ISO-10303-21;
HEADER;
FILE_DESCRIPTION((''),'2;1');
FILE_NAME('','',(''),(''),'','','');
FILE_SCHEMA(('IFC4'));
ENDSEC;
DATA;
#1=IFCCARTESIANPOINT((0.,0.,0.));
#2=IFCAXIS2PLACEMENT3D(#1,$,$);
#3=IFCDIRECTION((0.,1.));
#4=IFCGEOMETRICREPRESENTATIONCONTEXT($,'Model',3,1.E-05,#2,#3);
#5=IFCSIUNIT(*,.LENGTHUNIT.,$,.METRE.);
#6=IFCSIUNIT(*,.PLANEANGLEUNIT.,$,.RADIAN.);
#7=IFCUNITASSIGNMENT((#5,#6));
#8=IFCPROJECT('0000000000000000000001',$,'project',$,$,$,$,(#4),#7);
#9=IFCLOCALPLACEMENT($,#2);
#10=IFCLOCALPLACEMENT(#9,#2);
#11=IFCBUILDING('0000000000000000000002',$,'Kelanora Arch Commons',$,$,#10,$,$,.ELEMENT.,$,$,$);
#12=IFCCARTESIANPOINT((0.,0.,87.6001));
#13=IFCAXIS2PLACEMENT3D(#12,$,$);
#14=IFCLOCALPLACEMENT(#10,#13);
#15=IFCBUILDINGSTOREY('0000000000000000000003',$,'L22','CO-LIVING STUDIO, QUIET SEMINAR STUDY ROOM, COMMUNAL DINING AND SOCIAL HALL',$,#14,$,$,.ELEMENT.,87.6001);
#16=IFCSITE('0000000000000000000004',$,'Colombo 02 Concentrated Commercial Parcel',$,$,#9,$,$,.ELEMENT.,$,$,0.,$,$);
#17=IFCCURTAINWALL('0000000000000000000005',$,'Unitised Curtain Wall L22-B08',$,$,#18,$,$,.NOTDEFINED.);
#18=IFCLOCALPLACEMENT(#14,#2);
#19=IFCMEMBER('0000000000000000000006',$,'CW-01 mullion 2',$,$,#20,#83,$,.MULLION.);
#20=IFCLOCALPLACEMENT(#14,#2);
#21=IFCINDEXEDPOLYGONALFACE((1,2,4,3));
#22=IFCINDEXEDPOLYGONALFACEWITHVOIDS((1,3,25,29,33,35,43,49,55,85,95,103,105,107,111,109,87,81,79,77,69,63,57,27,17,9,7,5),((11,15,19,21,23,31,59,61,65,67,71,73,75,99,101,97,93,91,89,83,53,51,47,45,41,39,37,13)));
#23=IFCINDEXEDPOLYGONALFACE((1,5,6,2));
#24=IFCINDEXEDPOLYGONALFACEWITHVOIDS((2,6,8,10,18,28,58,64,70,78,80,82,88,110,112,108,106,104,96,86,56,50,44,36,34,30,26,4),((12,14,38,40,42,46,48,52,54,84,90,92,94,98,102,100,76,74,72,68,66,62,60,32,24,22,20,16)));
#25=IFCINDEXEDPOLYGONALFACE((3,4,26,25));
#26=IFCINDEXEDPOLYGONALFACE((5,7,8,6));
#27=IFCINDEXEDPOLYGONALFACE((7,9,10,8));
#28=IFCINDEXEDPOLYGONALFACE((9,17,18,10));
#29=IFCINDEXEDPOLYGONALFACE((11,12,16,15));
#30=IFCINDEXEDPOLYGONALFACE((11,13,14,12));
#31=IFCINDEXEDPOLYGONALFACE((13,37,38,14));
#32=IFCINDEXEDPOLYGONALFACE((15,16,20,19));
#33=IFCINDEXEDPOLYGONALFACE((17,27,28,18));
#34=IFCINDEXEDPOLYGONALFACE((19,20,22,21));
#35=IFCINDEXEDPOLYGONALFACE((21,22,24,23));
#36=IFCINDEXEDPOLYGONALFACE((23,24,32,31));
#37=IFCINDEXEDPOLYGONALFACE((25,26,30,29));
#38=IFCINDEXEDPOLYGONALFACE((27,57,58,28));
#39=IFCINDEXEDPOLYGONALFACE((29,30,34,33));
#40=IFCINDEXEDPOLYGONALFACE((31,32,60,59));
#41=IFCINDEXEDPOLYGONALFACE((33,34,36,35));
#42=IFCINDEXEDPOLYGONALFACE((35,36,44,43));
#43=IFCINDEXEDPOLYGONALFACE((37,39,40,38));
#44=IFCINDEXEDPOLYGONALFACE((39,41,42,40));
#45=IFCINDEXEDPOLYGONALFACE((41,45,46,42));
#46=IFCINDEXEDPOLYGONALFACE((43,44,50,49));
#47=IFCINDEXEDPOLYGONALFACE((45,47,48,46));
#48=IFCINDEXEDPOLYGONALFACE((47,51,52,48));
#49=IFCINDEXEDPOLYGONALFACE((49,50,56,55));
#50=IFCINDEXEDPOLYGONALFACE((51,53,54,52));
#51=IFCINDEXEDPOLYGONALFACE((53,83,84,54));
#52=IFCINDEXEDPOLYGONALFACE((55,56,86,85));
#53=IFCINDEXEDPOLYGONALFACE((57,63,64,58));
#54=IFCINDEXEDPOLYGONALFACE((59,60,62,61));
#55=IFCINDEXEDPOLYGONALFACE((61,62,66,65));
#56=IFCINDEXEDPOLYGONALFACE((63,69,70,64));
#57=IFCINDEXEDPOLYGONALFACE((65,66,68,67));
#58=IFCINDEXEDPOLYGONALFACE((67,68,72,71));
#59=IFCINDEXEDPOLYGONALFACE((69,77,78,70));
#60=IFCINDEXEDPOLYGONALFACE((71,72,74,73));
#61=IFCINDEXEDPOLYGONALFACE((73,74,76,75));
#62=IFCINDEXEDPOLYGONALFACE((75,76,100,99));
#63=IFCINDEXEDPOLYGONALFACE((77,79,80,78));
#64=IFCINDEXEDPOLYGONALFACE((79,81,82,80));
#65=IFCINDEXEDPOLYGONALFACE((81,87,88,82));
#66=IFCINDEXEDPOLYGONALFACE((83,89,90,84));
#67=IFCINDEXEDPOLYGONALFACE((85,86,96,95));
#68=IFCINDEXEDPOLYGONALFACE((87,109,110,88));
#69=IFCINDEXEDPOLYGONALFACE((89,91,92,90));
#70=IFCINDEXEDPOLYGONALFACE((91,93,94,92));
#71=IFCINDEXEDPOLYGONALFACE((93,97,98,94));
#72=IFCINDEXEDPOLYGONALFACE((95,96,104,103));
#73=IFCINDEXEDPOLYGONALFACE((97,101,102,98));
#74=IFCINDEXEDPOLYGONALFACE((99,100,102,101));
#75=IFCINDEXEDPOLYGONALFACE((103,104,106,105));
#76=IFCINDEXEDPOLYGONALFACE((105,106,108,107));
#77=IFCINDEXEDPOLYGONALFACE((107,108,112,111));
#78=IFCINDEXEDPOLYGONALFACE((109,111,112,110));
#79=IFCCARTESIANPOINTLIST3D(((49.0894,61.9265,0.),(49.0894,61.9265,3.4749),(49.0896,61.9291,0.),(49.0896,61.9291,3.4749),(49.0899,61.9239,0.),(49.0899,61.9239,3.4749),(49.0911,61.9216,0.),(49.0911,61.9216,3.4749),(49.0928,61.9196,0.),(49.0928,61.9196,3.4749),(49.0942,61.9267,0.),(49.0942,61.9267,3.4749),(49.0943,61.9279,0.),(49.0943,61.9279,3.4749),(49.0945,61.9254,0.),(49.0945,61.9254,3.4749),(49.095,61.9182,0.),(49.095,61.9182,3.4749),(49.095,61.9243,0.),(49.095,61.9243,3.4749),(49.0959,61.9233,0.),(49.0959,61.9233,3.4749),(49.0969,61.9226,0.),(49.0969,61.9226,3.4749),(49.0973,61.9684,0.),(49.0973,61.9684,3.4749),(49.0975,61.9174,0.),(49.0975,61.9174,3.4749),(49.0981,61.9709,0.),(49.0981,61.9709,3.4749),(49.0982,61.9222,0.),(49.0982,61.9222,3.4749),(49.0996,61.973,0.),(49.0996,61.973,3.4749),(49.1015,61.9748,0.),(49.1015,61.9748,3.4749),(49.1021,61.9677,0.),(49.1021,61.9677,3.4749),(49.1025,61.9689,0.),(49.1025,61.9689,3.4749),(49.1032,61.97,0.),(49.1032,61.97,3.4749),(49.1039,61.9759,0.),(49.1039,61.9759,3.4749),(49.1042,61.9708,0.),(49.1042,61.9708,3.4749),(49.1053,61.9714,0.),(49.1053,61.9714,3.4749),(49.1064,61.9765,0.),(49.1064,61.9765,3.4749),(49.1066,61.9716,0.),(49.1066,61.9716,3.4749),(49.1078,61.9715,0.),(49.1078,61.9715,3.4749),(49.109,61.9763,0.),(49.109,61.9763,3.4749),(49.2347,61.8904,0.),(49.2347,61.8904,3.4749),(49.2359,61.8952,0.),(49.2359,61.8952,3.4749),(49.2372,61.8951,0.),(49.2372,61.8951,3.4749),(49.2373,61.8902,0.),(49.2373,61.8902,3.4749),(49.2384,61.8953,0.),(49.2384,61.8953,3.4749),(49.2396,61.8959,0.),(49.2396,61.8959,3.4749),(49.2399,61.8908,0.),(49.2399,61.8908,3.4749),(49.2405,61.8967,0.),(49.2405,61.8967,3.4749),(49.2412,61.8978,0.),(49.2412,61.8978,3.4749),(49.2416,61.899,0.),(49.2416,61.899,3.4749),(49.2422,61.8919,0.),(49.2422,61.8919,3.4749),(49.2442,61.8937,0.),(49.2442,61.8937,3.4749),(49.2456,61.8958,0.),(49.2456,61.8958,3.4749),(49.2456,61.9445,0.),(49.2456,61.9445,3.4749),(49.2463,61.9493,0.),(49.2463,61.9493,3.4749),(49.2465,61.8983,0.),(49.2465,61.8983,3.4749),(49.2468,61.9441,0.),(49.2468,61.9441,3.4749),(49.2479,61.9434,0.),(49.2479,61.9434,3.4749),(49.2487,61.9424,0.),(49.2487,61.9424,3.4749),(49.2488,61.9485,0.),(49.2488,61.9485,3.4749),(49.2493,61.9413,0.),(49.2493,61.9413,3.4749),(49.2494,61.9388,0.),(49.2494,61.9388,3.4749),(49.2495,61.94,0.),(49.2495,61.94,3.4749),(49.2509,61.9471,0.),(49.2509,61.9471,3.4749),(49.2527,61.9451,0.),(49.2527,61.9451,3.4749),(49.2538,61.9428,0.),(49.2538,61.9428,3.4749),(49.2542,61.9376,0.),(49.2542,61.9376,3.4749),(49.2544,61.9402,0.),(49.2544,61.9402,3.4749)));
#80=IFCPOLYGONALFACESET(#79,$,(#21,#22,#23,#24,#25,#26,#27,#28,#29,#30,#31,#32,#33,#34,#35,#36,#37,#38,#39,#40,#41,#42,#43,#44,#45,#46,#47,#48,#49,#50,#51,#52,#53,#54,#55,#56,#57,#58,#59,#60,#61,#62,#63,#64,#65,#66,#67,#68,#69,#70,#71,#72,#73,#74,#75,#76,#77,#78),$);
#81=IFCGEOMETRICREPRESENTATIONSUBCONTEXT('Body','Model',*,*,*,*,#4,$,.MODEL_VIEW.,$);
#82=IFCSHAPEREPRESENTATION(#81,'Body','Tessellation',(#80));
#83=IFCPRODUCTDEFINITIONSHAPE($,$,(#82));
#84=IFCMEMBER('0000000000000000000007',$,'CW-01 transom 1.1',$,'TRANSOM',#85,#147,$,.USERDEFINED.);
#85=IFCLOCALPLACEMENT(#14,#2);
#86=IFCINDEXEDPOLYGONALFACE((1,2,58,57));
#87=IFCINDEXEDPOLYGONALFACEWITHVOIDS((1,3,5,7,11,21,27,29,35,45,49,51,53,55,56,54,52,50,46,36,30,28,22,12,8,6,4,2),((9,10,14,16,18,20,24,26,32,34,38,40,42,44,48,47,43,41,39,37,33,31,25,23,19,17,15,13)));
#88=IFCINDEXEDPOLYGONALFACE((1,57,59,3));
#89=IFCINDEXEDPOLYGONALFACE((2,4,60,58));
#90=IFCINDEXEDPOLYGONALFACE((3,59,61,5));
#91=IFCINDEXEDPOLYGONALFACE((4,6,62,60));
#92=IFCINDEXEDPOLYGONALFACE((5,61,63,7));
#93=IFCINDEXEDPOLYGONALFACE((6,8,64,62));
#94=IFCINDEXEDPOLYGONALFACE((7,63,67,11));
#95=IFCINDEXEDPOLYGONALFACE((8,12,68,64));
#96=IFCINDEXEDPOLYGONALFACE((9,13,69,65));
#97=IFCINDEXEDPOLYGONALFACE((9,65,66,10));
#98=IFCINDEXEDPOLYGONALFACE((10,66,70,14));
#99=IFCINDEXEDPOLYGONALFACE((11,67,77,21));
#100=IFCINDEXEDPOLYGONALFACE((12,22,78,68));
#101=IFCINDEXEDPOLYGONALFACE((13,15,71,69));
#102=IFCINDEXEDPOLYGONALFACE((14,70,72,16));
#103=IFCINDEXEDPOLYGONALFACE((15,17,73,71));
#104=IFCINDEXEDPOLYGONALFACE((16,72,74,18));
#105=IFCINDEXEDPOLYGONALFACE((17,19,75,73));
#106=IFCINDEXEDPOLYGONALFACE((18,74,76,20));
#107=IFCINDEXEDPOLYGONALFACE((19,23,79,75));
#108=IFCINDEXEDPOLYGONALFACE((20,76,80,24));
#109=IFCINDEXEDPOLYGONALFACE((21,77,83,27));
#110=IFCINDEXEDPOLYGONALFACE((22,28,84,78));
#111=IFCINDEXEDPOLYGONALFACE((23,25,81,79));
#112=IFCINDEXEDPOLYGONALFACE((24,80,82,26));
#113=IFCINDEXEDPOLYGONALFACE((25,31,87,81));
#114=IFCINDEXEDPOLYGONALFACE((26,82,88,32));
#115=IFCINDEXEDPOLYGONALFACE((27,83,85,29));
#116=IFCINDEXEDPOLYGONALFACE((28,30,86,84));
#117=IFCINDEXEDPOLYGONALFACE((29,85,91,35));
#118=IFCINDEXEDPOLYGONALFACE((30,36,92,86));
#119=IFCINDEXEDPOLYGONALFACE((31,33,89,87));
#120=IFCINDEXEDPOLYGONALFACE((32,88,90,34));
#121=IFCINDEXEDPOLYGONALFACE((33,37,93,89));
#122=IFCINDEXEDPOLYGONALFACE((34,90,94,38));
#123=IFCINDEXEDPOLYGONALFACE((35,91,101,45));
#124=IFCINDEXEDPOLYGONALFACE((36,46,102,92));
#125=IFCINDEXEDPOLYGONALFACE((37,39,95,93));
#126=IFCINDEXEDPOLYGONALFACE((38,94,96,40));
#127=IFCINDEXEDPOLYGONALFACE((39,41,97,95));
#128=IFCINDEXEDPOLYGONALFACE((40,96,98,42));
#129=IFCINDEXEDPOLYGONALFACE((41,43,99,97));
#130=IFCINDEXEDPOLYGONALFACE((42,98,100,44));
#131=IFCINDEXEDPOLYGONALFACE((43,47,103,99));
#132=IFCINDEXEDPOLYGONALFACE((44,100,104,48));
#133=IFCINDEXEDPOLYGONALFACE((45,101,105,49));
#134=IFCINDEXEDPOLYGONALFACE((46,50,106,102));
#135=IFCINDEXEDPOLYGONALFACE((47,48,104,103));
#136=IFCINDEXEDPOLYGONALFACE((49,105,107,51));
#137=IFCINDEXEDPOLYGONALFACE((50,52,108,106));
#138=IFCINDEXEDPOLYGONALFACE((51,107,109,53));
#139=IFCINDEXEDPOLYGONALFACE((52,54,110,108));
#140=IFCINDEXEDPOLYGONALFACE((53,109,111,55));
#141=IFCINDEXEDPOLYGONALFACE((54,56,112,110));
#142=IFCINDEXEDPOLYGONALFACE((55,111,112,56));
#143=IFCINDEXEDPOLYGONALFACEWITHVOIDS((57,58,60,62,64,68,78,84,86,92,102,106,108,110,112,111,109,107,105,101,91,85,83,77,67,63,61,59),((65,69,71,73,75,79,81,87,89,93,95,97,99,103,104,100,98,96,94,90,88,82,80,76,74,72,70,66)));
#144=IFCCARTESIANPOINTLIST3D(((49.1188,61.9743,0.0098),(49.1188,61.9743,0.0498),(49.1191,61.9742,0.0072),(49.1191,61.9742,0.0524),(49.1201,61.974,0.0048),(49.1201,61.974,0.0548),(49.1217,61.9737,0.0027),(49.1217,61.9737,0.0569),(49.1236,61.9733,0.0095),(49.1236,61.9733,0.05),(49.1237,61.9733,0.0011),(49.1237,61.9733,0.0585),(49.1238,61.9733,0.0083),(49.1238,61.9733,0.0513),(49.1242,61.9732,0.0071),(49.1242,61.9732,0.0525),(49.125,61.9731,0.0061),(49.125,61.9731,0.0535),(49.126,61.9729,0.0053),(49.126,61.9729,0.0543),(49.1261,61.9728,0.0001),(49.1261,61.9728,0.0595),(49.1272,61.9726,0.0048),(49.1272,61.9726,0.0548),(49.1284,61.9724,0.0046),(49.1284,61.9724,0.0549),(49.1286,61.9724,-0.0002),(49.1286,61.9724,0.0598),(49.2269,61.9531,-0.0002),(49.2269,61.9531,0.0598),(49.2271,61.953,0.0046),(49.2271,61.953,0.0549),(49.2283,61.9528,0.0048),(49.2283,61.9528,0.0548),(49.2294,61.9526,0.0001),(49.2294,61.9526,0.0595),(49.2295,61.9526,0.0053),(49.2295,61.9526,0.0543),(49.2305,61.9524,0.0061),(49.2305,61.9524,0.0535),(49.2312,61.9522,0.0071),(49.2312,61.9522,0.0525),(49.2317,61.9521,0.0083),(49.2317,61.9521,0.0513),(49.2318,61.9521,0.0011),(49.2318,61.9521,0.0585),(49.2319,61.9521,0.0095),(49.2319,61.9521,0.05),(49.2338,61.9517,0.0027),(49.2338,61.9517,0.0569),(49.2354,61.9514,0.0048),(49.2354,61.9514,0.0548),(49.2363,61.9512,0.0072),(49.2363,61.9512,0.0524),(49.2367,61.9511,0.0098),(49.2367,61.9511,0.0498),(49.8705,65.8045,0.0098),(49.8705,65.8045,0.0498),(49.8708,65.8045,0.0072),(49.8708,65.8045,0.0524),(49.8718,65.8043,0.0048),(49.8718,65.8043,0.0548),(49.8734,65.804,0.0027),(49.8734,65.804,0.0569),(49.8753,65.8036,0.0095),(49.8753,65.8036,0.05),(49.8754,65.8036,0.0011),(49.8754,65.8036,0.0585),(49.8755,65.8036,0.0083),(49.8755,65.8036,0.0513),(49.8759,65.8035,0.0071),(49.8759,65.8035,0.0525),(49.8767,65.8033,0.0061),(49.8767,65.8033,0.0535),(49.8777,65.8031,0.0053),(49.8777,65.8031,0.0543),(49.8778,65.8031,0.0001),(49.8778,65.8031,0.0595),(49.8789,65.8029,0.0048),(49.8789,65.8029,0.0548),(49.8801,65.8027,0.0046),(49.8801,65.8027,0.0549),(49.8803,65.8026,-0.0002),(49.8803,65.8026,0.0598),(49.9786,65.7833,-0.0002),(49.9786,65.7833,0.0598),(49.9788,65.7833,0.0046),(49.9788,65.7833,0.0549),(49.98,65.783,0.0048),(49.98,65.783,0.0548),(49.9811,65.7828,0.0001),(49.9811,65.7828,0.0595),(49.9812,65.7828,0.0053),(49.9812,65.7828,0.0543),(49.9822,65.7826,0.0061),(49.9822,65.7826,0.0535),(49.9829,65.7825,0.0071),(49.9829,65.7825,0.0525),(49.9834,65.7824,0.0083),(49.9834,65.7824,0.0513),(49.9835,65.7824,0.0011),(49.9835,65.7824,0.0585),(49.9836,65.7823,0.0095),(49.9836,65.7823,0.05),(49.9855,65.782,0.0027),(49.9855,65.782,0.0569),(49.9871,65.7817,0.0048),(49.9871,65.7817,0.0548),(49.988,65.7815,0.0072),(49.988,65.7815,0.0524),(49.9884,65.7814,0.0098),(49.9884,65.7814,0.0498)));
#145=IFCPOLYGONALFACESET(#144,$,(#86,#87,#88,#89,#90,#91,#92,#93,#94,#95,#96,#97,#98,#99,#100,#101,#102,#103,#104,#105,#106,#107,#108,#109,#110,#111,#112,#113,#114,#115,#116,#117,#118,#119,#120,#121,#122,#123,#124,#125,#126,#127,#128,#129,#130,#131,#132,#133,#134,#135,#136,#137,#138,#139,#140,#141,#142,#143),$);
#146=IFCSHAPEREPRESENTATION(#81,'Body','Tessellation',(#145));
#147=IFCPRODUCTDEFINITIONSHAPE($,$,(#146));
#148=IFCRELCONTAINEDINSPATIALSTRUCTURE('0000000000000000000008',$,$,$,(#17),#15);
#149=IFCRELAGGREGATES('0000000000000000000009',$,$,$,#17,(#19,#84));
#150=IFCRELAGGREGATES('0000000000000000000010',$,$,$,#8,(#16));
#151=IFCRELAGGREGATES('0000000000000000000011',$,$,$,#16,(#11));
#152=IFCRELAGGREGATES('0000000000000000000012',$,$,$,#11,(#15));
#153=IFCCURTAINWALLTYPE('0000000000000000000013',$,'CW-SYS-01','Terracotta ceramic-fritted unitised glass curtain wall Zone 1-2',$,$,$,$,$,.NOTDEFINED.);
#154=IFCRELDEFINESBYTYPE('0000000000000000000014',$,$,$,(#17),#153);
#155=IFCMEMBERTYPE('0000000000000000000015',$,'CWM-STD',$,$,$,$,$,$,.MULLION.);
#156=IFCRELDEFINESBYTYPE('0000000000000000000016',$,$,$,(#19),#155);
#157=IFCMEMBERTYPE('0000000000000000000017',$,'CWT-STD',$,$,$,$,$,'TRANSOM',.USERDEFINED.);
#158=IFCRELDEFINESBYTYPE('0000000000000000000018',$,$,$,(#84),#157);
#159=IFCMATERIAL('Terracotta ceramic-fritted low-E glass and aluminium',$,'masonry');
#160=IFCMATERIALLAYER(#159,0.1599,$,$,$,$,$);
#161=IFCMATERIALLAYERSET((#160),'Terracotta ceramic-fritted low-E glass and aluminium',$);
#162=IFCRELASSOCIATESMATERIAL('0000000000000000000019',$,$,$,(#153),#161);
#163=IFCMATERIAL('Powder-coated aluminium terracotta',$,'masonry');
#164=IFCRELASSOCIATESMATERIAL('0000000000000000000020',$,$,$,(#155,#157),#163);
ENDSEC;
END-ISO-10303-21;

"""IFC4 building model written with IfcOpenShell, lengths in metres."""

from ifc_helpers import new_model, si_unit, direction, frame, origin, origin_2d, place, context, subcontext, project, spatial, hollow_rectangle, extrude, material, layer, layer_set, material_profile, profile_set, type_object, element, aggregate, save


model = new_model("IFC4")

# Units and contexts
model_context = context("Model", 3, precision=1e-05, world=origin(), true_north=direction((0.0, 1.0)))
body_context = subcontext(model_context, "Body", "Model", "MODEL_VIEW")
ifc_project = project(units=[si_unit("LENGTHUNIT", "METRE"), si_unit("PLANEANGLEUNIT", "RADIAN")], contexts=[model_context])

# Site, building, storey
site_placement = place(None, origin())
site = spatial("IfcSite", under=ifc_project, at=site_placement, Name="Colombo 02 Concentrated Commercial Parcel", CompositionType="ELEMENT", RefElevation=0.0)
building_placement = place(site_placement, origin())
building = spatial("IfcBuilding", under=site, at=building_placement, Name="Kelanora Arch Commons", CompositionType="ELEMENT")
storey_placement = place(building_placement, frame((0.0, 0.0, 87.6001)))
storey = spatial("IfcBuildingStorey", under=building, at=storey_placement, Name="L22", Description="CO-LIVING STUDIO, QUIET SEMINAR STUDY ROOM, COMMUNAL DINING AND SOCIAL HALL", CompositionType="ELEMENT", Elevation=87.6001)

# Curtain wall, members
ifc_material_1 = material(Name="Terracotta ceramic-fritted low-E glass and aluminium", Category="masonry")
ifc_layer_1 = layer(ifc_material_1, 0.1599)
ifc_layer_set_1 = layer_set([ifc_layer_1], Name="Terracotta ceramic-fritted low-E glass and aluminium")
curtain_wall_type = type_object("IfcCurtainWallType", Name="CW-SYS-01", Description="Terracotta ceramic-fritted unitised glass curtain wall Zone 1-2", PredefinedType="NOTDEFINED", material=ifc_layer_set_1)
curtain_wall_placement = place(storey_placement, origin())
curtain_wall = element("IfcCurtainWall", 1, at=curtain_wall_placement, inside=storey, type_object=curtain_wall_type, Name="Unitised Curtain Wall L22-B08", PredefinedType="NOTDEFINED")
ifc_material_2 = material(Name="Powder-coated aluminium terracotta", Category="masonry")
ifc_material_profile_1 = material_profile(ifc_material_2, hollow_rectangle(XDim=0.1599, YDim=0.0601, WallThickness=0.0049, InnerFilletRadius=0.0049, OuterFilletRadius=0.01, at=origin_2d()), Name="CWM160x60")
ifc_profile_set_1 = profile_set([ifc_material_profile_1], Name="Powder-coated aluminium terracotta")
member_type_1 = type_object("IfcMemberType", Name="CWM-STD", PredefinedType="MULLION", material=ifc_profile_set_1)
member_1_placement = place(storey_placement, frame((49.1719, 61.9333, 0.0), z_axis=(0.0, 0.0, 1.0), x_axis=(0.98128, -0.192585, 0.0)))
member_1 = element("IfcMember", 2, at=member_1_placement, type_object=member_type_1, Name="CW-01 mullion 2", PredefinedType="MULLION", context=body_context, shape_type="SweptSolid", body=[
    extrude(hollow_rectangle(XDim=0.1599, YDim=0.0601, WallThickness=0.0049, InnerFilletRadius=0.0049, OuterFilletRadius=0.01, at=origin_2d()), origin(), (0.0, 0.0, 1.0), 3.4749),
])
ifc_material_profile_2 = material_profile(ifc_material_2, hollow_rectangle(XDim=0.1201, YDim=0.0601, WallThickness=0.0049, InnerFilletRadius=0.0049, OuterFilletRadius=0.01, at=origin_2d()), Name="CWT120x60")
ifc_profile_set_2 = profile_set([ifc_material_profile_2], Name="Powder-coated aluminium terracotta")
member_type_2 = type_object("IfcMemberType", Name="CWT-STD", ElementType="TRANSOM", PredefinedType="USERDEFINED", material=ifc_profile_set_2)
member_2_placement = place(storey_placement, frame((49.9294, 65.793, 0.0298), z_axis=(-0.192579, -0.981282, 0.0), x_axis=(0.981282, -0.192579, 0.0)))
member_2 = element("IfcMember", 3, at=member_2_placement, type_object=member_type_2, Name="CW-01 transom 1.1", ObjectType="TRANSOM", PredefinedType="USERDEFINED", context=body_context, shape_type="SweptSolid", body=[
    extrude(hollow_rectangle(XDim=0.1201, YDim=0.0601, WallThickness=0.0049, InnerFilletRadius=0.0049, OuterFilletRadius=0.01, at=origin_2d()), origin(), (0.0, 0.0, 1.0), 3.9033),
])
aggregate(curtain_wall, [member_1, member_2])

save(model, "model.ifc")
